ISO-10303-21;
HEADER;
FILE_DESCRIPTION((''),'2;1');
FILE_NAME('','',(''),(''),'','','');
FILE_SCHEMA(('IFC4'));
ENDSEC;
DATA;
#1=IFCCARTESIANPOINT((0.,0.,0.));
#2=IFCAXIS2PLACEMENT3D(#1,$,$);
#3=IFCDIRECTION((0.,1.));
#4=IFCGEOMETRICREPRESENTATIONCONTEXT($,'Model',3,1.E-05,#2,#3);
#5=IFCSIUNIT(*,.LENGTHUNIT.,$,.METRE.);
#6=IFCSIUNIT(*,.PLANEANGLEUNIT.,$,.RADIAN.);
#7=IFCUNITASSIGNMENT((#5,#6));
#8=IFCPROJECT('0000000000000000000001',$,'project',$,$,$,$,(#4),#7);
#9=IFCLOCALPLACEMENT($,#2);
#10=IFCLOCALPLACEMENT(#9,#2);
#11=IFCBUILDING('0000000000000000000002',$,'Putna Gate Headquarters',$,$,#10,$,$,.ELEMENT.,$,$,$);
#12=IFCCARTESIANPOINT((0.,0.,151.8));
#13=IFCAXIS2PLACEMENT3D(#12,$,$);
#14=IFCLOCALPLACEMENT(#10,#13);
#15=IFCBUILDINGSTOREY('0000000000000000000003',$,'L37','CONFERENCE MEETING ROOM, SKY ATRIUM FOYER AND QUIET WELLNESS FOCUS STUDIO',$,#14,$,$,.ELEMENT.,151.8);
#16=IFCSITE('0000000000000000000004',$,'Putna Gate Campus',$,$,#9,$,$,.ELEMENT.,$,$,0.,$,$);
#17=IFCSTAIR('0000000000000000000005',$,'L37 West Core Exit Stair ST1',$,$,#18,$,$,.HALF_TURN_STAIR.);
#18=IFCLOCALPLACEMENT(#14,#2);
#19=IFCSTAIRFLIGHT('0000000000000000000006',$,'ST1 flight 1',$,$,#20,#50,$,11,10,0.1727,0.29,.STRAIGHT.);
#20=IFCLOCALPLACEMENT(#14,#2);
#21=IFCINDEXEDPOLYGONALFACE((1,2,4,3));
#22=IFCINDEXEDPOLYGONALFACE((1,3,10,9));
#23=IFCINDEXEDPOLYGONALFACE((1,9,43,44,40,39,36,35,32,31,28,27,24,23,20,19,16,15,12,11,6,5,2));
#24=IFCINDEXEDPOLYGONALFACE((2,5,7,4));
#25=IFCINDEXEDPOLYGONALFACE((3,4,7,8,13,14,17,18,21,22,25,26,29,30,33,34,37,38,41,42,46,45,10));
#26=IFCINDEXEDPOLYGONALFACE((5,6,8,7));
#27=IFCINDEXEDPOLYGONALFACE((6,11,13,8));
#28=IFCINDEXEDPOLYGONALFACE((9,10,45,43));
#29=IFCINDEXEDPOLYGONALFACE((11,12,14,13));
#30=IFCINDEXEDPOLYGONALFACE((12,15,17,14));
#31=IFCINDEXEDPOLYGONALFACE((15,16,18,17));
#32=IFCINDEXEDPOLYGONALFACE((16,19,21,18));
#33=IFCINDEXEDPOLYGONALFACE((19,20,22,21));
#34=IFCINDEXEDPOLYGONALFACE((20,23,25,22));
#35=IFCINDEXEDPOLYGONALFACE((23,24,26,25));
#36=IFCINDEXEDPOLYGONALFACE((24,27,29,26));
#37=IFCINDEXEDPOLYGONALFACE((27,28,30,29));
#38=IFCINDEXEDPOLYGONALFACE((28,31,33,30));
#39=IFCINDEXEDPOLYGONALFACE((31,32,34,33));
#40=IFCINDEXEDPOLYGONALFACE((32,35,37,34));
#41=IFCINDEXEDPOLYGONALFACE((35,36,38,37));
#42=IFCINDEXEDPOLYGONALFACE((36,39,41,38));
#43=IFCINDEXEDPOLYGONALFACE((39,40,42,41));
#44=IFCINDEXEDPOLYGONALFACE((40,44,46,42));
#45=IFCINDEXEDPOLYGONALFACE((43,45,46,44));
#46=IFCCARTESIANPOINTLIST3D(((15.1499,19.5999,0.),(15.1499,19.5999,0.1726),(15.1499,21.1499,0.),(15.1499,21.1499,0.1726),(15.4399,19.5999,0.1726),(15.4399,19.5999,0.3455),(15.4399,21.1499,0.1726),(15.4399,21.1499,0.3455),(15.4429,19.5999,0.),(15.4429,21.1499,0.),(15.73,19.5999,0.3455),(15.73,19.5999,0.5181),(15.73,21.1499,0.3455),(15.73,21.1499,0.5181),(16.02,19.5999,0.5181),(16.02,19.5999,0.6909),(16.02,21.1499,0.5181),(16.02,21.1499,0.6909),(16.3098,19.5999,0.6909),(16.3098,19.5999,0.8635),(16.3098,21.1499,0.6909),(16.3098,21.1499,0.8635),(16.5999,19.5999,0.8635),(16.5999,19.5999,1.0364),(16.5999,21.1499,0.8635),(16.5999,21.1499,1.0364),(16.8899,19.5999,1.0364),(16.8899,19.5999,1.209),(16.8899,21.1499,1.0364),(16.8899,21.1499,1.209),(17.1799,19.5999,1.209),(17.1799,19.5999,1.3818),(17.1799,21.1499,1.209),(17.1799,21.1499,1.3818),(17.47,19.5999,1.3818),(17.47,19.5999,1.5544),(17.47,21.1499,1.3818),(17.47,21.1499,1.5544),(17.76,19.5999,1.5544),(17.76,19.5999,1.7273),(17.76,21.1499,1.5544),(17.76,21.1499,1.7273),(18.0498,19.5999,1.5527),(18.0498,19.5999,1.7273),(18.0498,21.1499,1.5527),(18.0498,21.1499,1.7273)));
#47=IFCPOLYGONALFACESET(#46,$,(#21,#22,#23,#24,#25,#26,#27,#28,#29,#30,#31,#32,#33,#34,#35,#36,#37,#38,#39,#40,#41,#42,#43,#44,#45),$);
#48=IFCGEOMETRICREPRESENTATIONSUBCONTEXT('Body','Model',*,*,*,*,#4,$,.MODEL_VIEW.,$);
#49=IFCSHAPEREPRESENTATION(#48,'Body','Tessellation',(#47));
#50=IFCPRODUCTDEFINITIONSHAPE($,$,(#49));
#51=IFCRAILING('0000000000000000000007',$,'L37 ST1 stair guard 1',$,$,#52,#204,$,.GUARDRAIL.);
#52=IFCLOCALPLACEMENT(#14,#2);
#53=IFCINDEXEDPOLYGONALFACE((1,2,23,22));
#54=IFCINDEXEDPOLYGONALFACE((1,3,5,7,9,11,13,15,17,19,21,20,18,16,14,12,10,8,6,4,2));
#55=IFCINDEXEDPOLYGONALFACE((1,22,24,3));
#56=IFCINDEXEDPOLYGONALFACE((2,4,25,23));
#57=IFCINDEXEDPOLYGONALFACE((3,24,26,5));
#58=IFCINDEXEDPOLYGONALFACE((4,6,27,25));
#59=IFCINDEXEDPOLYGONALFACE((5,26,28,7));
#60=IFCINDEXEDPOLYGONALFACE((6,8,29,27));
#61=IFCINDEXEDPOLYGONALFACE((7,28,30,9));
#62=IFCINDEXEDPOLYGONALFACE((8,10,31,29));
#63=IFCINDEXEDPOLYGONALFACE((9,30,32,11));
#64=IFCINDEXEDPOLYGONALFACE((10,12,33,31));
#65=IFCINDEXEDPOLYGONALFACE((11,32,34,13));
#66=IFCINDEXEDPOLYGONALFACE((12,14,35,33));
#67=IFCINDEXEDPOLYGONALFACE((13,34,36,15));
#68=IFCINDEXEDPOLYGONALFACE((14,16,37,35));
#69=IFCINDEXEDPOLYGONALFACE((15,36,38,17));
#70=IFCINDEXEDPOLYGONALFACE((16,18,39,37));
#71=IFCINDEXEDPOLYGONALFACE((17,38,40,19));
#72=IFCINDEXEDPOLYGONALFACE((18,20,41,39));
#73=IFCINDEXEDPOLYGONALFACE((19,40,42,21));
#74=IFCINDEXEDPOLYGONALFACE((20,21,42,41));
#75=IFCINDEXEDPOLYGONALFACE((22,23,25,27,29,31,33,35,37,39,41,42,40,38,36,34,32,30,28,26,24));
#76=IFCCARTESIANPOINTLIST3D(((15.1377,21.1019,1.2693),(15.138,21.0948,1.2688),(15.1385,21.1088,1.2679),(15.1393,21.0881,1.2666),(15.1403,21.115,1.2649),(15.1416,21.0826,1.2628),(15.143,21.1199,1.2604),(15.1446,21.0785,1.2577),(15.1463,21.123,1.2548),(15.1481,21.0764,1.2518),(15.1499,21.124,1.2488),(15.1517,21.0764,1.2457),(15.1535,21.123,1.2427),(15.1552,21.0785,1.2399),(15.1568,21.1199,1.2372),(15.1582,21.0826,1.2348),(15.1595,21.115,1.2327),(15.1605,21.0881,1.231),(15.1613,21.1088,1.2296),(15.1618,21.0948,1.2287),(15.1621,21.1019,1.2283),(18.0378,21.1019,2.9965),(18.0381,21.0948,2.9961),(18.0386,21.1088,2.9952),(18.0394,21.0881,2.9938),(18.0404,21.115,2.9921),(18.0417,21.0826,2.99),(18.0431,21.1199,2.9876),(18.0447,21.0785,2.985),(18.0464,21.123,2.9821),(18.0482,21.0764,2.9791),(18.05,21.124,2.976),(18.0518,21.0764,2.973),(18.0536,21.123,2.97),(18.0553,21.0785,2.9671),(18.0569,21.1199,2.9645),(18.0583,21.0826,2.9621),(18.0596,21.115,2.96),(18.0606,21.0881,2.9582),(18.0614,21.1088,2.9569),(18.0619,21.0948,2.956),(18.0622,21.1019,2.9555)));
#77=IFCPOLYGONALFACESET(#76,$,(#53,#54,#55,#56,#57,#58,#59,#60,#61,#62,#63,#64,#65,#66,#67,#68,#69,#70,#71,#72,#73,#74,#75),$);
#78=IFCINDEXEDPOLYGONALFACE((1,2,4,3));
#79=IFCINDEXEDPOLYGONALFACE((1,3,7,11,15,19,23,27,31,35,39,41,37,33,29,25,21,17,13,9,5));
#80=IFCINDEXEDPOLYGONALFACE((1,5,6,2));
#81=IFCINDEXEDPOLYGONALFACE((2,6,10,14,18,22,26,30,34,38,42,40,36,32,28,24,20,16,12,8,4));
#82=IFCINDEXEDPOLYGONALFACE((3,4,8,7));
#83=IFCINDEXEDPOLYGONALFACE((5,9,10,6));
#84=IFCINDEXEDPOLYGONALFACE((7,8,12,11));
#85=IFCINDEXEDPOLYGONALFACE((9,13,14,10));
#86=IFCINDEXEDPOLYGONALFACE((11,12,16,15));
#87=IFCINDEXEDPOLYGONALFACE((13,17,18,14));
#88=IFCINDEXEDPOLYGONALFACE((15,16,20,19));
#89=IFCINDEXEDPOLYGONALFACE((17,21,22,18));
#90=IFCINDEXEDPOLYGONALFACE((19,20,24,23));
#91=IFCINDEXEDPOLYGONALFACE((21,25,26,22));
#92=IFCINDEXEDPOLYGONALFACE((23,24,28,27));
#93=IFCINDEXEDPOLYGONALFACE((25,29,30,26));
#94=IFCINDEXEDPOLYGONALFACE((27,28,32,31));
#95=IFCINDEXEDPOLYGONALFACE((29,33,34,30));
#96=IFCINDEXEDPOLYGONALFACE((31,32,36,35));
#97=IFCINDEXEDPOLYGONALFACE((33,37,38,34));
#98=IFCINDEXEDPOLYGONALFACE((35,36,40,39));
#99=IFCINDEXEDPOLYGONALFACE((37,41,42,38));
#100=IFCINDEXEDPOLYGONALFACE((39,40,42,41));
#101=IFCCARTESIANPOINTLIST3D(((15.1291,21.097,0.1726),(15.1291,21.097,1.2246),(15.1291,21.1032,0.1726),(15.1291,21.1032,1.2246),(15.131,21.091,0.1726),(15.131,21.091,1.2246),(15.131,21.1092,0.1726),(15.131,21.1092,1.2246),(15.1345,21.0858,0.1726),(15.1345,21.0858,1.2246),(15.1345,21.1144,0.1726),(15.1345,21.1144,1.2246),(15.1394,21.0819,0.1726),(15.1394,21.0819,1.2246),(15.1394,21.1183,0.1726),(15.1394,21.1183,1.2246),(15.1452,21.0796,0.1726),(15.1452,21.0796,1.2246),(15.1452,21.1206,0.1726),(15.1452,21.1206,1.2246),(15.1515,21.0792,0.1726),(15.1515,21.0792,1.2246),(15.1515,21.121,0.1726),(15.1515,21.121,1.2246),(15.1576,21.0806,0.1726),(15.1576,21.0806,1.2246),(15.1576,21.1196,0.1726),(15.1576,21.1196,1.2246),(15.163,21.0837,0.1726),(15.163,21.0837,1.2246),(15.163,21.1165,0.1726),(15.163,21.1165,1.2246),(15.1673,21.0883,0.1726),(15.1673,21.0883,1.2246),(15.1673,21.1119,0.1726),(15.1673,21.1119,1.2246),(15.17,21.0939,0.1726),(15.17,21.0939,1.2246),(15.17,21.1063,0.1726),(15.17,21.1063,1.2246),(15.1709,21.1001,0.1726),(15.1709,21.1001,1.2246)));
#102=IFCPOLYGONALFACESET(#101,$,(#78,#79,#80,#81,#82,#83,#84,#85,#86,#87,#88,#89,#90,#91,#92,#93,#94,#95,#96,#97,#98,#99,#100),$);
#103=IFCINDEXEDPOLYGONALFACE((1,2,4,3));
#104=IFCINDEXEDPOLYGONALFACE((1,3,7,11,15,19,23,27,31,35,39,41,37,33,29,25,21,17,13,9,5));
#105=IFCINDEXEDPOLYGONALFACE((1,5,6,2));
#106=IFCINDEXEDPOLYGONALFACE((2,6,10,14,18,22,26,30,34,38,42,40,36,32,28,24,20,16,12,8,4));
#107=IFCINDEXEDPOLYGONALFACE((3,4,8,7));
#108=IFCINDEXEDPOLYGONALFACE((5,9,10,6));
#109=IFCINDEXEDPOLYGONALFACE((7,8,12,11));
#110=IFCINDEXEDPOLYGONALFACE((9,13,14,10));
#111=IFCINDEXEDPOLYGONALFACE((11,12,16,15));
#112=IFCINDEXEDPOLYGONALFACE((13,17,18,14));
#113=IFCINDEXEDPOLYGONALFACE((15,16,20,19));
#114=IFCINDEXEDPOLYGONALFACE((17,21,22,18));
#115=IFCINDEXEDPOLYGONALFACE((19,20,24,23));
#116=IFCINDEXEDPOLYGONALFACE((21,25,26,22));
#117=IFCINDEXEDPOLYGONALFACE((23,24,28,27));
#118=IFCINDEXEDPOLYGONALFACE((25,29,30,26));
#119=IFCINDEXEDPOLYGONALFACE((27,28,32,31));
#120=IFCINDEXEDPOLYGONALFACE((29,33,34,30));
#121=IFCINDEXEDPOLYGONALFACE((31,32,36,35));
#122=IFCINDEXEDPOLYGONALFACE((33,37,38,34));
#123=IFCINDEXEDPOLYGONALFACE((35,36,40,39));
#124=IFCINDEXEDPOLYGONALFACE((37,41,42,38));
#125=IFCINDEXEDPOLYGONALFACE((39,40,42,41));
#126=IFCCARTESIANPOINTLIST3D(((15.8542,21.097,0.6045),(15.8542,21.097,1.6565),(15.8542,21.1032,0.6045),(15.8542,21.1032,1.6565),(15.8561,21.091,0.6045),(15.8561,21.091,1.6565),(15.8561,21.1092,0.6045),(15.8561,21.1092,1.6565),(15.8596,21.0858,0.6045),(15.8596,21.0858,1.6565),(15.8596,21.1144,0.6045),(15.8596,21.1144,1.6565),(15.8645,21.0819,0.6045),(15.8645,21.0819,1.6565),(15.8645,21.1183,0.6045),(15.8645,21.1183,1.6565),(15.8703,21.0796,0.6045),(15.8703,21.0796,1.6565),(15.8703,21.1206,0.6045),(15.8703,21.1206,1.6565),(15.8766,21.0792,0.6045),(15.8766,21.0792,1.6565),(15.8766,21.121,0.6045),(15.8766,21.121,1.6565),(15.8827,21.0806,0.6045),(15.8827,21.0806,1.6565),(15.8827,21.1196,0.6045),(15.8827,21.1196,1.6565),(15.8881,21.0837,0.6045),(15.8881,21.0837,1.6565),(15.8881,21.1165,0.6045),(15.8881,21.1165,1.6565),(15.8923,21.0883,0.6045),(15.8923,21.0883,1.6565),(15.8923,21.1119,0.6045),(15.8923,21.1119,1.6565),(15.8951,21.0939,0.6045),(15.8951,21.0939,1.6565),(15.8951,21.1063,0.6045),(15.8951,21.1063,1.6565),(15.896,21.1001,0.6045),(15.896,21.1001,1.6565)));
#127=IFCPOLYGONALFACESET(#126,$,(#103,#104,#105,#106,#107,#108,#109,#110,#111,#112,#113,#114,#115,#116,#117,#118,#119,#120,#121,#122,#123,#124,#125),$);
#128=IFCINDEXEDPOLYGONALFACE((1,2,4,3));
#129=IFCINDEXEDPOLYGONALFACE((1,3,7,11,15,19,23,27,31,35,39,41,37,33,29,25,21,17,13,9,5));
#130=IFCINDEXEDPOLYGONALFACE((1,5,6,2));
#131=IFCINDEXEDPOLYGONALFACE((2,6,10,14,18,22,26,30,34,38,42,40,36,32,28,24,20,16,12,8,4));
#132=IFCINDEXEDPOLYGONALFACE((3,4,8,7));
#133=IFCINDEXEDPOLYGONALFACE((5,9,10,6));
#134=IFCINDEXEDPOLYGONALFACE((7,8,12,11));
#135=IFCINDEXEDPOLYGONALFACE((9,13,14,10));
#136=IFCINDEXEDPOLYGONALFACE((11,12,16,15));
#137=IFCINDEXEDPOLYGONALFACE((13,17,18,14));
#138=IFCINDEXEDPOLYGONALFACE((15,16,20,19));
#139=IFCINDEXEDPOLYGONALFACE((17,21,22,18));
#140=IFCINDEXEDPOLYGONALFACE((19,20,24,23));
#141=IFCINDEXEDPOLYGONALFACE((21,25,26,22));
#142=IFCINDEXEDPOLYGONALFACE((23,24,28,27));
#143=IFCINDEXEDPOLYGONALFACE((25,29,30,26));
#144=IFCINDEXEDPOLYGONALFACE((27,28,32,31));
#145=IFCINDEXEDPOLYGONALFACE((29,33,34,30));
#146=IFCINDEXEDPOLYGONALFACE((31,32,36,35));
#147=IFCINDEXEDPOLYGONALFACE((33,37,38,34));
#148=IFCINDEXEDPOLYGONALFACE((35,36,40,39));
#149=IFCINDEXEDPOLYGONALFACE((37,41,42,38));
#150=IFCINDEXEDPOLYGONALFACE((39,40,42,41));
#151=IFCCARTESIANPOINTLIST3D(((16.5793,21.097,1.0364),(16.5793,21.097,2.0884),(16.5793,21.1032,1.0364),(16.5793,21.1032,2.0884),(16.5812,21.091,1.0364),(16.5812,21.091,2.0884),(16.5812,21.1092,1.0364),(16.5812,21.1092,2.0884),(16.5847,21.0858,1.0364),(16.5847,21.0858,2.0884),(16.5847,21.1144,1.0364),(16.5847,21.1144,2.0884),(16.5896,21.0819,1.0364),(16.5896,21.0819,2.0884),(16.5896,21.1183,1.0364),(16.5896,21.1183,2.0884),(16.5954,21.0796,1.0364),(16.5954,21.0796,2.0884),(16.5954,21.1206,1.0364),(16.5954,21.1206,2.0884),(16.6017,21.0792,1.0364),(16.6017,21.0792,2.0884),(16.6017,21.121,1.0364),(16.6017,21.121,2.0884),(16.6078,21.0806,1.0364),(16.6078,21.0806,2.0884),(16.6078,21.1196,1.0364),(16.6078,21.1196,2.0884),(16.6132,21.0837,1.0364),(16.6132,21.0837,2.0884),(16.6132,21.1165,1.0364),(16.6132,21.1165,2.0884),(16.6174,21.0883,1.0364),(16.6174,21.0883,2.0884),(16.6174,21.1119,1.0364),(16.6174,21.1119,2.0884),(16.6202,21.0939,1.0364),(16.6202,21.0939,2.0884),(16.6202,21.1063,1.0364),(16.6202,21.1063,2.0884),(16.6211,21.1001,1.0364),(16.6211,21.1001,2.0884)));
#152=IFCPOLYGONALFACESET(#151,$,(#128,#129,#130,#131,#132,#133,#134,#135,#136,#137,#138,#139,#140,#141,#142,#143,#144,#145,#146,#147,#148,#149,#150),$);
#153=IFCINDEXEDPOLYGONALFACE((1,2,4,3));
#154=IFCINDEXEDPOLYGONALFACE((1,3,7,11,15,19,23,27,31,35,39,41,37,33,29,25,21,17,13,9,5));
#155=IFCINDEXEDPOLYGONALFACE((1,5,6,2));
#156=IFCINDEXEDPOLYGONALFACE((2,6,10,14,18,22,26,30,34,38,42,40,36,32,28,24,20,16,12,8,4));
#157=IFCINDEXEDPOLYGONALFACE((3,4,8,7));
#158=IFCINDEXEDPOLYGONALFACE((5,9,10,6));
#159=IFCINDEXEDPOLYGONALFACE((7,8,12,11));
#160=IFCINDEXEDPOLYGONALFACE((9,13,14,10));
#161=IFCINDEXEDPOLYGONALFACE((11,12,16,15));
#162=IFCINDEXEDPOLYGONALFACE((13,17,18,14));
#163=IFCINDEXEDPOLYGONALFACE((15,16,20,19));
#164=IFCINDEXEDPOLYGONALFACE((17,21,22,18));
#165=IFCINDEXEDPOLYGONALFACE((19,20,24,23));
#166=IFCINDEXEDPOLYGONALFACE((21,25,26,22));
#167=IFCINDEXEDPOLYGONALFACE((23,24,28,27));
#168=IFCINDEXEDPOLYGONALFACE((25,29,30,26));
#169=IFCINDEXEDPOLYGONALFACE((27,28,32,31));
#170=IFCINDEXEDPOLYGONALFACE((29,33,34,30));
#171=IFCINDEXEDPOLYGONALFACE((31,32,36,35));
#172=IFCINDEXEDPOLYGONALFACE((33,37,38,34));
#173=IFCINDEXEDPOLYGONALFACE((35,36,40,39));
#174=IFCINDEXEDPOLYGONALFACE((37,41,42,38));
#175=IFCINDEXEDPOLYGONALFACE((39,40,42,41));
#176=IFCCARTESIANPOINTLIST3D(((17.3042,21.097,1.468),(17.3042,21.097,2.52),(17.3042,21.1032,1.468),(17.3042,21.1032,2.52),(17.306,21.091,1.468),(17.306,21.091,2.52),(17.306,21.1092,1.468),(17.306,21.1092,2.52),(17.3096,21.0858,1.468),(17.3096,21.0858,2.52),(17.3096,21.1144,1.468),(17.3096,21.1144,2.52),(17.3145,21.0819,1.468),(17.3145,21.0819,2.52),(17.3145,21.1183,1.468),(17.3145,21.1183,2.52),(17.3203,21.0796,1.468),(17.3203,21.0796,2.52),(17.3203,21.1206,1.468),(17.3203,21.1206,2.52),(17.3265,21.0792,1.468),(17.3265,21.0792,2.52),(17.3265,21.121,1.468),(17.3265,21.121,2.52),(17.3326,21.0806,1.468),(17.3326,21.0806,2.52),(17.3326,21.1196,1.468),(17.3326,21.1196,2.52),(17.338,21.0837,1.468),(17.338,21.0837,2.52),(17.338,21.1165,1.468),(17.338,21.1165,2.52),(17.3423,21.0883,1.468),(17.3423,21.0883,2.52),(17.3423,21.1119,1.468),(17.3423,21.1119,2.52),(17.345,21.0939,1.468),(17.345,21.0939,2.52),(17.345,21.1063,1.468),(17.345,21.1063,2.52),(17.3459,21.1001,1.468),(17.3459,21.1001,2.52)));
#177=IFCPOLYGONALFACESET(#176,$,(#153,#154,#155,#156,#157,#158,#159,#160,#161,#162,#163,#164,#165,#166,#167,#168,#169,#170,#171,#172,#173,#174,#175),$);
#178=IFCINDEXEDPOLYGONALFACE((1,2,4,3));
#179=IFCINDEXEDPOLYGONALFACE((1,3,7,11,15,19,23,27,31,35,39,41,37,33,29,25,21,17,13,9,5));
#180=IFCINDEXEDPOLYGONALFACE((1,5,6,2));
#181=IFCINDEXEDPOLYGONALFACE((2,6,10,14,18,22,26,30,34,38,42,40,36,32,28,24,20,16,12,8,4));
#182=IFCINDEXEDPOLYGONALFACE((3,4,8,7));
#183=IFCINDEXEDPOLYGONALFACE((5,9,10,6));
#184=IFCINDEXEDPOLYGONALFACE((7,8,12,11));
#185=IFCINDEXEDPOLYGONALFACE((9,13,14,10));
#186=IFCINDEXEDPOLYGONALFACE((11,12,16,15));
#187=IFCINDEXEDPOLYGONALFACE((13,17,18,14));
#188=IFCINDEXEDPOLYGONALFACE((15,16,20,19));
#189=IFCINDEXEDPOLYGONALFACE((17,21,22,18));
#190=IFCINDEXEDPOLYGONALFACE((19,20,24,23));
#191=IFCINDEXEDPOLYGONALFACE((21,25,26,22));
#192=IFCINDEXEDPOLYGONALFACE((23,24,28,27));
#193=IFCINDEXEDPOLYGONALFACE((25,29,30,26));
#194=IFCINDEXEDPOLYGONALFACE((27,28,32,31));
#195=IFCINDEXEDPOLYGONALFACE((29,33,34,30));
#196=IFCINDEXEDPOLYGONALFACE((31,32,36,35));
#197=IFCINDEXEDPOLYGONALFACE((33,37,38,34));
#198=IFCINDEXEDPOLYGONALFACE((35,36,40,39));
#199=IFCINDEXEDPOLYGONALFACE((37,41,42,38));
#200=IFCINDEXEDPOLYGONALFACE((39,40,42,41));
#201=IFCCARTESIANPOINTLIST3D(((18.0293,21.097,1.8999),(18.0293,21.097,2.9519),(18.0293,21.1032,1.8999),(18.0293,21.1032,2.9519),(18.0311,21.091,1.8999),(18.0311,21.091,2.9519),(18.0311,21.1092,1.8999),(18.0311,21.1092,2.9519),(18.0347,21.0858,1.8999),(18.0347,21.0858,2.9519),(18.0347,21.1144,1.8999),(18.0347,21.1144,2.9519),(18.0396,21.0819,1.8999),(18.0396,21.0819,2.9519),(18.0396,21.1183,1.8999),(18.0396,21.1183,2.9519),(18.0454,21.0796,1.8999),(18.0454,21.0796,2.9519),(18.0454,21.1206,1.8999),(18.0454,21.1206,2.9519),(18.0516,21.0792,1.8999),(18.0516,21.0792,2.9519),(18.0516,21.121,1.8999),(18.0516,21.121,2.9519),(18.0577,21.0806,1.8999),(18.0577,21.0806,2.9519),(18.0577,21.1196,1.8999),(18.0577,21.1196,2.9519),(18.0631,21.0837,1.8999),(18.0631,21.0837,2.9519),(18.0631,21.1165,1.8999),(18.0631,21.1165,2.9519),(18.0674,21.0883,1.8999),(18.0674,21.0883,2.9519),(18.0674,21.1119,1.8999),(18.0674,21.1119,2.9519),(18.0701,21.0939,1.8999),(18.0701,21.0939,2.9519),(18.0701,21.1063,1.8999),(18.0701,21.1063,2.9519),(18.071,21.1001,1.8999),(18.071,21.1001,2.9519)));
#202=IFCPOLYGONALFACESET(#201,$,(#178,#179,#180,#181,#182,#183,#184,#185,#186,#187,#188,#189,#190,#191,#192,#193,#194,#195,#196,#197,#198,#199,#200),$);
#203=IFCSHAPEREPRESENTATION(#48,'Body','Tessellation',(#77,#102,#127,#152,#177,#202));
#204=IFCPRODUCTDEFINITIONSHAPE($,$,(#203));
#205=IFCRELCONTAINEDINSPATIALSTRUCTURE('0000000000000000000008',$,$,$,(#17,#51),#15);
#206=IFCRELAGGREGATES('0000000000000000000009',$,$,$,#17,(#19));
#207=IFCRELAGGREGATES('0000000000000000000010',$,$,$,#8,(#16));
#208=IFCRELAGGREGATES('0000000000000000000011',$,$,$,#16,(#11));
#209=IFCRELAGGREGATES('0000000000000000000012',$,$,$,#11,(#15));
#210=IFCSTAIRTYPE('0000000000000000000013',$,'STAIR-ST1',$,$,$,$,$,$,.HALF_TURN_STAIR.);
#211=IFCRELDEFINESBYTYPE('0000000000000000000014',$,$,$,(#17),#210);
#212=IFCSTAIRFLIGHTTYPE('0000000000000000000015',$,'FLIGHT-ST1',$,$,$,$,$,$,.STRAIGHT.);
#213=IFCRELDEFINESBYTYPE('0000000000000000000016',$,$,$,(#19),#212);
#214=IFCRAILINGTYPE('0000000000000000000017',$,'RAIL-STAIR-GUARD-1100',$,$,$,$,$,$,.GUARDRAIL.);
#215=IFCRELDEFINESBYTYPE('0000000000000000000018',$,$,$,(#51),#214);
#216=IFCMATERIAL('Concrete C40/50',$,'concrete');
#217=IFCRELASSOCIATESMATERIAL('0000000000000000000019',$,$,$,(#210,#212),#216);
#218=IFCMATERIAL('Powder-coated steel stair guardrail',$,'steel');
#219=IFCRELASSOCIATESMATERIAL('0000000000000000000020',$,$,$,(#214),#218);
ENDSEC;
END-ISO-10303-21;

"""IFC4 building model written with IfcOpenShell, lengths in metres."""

from ifc_helpers import new_model, si_unit, direction, frame, origin, origin_2d, place, context, subcontext, project, spatial, polyline, circle, outline, extrude, material, type_object, element, aggregate, save


model = new_model("IFC4")

# Units and contexts
model_context = context("Model", 3, precision=1e-05, world=origin(), true_north=direction((0.0, 1.0)))
body_context = subcontext(model_context, "Body", "Model", "MODEL_VIEW")
ifc_project = project(units=[si_unit("LENGTHUNIT", "METRE"), si_unit("PLANEANGLEUNIT", "RADIAN")], contexts=[model_context])

# Site, building, storey
site_placement = place(None, origin())
site = spatial("IfcSite", under=ifc_project, at=site_placement, Name="Putna Gate Campus", CompositionType="ELEMENT", RefElevation=0.0)
building_placement = place(site_placement, origin())
building = spatial("IfcBuilding", under=site, at=building_placement, Name="Putna Gate Headquarters", CompositionType="ELEMENT")
storey_placement = place(building_placement, frame((0.0, 0.0, 151.8)))
storey = spatial("IfcBuildingStorey", under=building, at=storey_placement, Name="L37", Description="CONFERENCE MEETING ROOM, SKY ATRIUM FOYER AND QUIET WELLNESS FOCUS STUDIO", CompositionType="ELEMENT", Elevation=151.8)

# Shared definitions
ifc_material_1 = material(Name="Concrete C40/50", Category="concrete")

# Stair, stair flight
stair_type = type_object("IfcStairType", Name="STAIR-ST1", PredefinedType="HALF_TURN_STAIR", material=ifc_material_1)
stair_placement = place(storey_placement, origin())
stair = element("IfcStair", 1, at=stair_placement, inside=storey, type_object=stair_type, Name="L37 West Core Exit Stair ST1", PredefinedType="HALF_TURN_STAIR")
stair_flight_type = type_object("IfcStairFlightType", Name="FLIGHT-ST1", PredefinedType="STRAIGHT", material=ifc_material_1)
stair_flight_placement = place(storey_placement, frame((15.1499, 20.375, 0.0), z_axis=(0.0, 0.0, 1.0), x_axis=(1.0, 0.0, 0.0)))
stair_flight = element("IfcStairFlight", 2, at=stair_flight_placement, type_object=stair_flight_type, Name="ST1 flight 1", NumberOfRisers=11, NumberOfTreads=10, PredefinedType="STRAIGHT", RiserHeight=0.1727, TreadLength=0.29, context=body_context, shape_type="SweptSolid", body=[
    extrude(outline(polyline([(0.0, 0.0), (0.0, 0.1726), (0.29, 0.1726), (0.29, 0.3455), (0.5801, 0.3455), (0.5801, 0.5181), (0.8701, 0.5181), (0.8701, 0.6909), (1.1599, 0.6909), (1.1599, 0.8635), (1.45, 0.8635), (1.45, 1.0364), (1.74, 1.0364), (1.74, 1.209), (2.03, 1.209), (2.03, 1.3818), (2.3201, 1.3818), (2.3201, 1.5544), (2.6101, 1.5544), (2.6101, 1.7273), (2.8999, 1.7273), (2.8999, 1.8999), (2.8999, 1.5527), (0.293, 0.0), (0.0, 0.0)])), frame((0.0, 0.7749, 0.0), z_axis=(0.0, -1.0, 0.0), x_axis=(1.0, 0.0, 0.0)), (0.0, 0.0, 1.0), 1.55),
])
aggregate(stair, [stair_flight])

# Railing
ifc_material_2 = material(Name="Powder-coated steel stair guardrail", Category="steel")
railing_type_1 = type_object("IfcRailingType", Name="RAIL-STAIR-GUARD-1100", PredefinedType="GUARDRAIL", material=ifc_material_2)
railing_1_placement = place(storey_placement, frame((15.1499, 21.1001, 0.1726)))
element("IfcRailing", 3, at=railing_1_placement, inside=storey, type_object=railing_type_1, Name="L37 ST1 stair guard 1", PredefinedType="GUARDRAIL", context=body_context, shape_type="SweptSolid", body=[
    extrude(circle(Radius=0.0239, at=origin_2d()), frame((0.0, 0.0, 1.0762), z_axis=(0.85916, 0.0, 0.511706), x_axis=(0.0, 1.0, 0.0)), (0.0, 0.0, 1.0), 3.3755),
    extrude(circle(Radius=0.021, at=origin_2d()), origin(), (0.0, 0.0, 1.0), 1.052),
    extrude(circle(Radius=0.021, at=origin_2d()), frame((0.7251, 0.0, 0.4319)), (0.0, 0.0, 1.0), 1.052),
    extrude(circle(Radius=0.021, at=origin_2d()), frame((1.4502, 0.0, 0.8638)), (0.0, 0.0, 1.0), 1.052),
    extrude(circle(Radius=0.021, at=origin_2d()), frame((2.175, 0.0, 1.2954)), (0.0, 0.0, 1.0), 1.052),
    extrude(circle(Radius=0.021, at=origin_2d()), frame((2.9001, 0.0, 1.7273)), (0.0, 0.0, 1.0), 1.052),
])

save(model, "model.ifc")
